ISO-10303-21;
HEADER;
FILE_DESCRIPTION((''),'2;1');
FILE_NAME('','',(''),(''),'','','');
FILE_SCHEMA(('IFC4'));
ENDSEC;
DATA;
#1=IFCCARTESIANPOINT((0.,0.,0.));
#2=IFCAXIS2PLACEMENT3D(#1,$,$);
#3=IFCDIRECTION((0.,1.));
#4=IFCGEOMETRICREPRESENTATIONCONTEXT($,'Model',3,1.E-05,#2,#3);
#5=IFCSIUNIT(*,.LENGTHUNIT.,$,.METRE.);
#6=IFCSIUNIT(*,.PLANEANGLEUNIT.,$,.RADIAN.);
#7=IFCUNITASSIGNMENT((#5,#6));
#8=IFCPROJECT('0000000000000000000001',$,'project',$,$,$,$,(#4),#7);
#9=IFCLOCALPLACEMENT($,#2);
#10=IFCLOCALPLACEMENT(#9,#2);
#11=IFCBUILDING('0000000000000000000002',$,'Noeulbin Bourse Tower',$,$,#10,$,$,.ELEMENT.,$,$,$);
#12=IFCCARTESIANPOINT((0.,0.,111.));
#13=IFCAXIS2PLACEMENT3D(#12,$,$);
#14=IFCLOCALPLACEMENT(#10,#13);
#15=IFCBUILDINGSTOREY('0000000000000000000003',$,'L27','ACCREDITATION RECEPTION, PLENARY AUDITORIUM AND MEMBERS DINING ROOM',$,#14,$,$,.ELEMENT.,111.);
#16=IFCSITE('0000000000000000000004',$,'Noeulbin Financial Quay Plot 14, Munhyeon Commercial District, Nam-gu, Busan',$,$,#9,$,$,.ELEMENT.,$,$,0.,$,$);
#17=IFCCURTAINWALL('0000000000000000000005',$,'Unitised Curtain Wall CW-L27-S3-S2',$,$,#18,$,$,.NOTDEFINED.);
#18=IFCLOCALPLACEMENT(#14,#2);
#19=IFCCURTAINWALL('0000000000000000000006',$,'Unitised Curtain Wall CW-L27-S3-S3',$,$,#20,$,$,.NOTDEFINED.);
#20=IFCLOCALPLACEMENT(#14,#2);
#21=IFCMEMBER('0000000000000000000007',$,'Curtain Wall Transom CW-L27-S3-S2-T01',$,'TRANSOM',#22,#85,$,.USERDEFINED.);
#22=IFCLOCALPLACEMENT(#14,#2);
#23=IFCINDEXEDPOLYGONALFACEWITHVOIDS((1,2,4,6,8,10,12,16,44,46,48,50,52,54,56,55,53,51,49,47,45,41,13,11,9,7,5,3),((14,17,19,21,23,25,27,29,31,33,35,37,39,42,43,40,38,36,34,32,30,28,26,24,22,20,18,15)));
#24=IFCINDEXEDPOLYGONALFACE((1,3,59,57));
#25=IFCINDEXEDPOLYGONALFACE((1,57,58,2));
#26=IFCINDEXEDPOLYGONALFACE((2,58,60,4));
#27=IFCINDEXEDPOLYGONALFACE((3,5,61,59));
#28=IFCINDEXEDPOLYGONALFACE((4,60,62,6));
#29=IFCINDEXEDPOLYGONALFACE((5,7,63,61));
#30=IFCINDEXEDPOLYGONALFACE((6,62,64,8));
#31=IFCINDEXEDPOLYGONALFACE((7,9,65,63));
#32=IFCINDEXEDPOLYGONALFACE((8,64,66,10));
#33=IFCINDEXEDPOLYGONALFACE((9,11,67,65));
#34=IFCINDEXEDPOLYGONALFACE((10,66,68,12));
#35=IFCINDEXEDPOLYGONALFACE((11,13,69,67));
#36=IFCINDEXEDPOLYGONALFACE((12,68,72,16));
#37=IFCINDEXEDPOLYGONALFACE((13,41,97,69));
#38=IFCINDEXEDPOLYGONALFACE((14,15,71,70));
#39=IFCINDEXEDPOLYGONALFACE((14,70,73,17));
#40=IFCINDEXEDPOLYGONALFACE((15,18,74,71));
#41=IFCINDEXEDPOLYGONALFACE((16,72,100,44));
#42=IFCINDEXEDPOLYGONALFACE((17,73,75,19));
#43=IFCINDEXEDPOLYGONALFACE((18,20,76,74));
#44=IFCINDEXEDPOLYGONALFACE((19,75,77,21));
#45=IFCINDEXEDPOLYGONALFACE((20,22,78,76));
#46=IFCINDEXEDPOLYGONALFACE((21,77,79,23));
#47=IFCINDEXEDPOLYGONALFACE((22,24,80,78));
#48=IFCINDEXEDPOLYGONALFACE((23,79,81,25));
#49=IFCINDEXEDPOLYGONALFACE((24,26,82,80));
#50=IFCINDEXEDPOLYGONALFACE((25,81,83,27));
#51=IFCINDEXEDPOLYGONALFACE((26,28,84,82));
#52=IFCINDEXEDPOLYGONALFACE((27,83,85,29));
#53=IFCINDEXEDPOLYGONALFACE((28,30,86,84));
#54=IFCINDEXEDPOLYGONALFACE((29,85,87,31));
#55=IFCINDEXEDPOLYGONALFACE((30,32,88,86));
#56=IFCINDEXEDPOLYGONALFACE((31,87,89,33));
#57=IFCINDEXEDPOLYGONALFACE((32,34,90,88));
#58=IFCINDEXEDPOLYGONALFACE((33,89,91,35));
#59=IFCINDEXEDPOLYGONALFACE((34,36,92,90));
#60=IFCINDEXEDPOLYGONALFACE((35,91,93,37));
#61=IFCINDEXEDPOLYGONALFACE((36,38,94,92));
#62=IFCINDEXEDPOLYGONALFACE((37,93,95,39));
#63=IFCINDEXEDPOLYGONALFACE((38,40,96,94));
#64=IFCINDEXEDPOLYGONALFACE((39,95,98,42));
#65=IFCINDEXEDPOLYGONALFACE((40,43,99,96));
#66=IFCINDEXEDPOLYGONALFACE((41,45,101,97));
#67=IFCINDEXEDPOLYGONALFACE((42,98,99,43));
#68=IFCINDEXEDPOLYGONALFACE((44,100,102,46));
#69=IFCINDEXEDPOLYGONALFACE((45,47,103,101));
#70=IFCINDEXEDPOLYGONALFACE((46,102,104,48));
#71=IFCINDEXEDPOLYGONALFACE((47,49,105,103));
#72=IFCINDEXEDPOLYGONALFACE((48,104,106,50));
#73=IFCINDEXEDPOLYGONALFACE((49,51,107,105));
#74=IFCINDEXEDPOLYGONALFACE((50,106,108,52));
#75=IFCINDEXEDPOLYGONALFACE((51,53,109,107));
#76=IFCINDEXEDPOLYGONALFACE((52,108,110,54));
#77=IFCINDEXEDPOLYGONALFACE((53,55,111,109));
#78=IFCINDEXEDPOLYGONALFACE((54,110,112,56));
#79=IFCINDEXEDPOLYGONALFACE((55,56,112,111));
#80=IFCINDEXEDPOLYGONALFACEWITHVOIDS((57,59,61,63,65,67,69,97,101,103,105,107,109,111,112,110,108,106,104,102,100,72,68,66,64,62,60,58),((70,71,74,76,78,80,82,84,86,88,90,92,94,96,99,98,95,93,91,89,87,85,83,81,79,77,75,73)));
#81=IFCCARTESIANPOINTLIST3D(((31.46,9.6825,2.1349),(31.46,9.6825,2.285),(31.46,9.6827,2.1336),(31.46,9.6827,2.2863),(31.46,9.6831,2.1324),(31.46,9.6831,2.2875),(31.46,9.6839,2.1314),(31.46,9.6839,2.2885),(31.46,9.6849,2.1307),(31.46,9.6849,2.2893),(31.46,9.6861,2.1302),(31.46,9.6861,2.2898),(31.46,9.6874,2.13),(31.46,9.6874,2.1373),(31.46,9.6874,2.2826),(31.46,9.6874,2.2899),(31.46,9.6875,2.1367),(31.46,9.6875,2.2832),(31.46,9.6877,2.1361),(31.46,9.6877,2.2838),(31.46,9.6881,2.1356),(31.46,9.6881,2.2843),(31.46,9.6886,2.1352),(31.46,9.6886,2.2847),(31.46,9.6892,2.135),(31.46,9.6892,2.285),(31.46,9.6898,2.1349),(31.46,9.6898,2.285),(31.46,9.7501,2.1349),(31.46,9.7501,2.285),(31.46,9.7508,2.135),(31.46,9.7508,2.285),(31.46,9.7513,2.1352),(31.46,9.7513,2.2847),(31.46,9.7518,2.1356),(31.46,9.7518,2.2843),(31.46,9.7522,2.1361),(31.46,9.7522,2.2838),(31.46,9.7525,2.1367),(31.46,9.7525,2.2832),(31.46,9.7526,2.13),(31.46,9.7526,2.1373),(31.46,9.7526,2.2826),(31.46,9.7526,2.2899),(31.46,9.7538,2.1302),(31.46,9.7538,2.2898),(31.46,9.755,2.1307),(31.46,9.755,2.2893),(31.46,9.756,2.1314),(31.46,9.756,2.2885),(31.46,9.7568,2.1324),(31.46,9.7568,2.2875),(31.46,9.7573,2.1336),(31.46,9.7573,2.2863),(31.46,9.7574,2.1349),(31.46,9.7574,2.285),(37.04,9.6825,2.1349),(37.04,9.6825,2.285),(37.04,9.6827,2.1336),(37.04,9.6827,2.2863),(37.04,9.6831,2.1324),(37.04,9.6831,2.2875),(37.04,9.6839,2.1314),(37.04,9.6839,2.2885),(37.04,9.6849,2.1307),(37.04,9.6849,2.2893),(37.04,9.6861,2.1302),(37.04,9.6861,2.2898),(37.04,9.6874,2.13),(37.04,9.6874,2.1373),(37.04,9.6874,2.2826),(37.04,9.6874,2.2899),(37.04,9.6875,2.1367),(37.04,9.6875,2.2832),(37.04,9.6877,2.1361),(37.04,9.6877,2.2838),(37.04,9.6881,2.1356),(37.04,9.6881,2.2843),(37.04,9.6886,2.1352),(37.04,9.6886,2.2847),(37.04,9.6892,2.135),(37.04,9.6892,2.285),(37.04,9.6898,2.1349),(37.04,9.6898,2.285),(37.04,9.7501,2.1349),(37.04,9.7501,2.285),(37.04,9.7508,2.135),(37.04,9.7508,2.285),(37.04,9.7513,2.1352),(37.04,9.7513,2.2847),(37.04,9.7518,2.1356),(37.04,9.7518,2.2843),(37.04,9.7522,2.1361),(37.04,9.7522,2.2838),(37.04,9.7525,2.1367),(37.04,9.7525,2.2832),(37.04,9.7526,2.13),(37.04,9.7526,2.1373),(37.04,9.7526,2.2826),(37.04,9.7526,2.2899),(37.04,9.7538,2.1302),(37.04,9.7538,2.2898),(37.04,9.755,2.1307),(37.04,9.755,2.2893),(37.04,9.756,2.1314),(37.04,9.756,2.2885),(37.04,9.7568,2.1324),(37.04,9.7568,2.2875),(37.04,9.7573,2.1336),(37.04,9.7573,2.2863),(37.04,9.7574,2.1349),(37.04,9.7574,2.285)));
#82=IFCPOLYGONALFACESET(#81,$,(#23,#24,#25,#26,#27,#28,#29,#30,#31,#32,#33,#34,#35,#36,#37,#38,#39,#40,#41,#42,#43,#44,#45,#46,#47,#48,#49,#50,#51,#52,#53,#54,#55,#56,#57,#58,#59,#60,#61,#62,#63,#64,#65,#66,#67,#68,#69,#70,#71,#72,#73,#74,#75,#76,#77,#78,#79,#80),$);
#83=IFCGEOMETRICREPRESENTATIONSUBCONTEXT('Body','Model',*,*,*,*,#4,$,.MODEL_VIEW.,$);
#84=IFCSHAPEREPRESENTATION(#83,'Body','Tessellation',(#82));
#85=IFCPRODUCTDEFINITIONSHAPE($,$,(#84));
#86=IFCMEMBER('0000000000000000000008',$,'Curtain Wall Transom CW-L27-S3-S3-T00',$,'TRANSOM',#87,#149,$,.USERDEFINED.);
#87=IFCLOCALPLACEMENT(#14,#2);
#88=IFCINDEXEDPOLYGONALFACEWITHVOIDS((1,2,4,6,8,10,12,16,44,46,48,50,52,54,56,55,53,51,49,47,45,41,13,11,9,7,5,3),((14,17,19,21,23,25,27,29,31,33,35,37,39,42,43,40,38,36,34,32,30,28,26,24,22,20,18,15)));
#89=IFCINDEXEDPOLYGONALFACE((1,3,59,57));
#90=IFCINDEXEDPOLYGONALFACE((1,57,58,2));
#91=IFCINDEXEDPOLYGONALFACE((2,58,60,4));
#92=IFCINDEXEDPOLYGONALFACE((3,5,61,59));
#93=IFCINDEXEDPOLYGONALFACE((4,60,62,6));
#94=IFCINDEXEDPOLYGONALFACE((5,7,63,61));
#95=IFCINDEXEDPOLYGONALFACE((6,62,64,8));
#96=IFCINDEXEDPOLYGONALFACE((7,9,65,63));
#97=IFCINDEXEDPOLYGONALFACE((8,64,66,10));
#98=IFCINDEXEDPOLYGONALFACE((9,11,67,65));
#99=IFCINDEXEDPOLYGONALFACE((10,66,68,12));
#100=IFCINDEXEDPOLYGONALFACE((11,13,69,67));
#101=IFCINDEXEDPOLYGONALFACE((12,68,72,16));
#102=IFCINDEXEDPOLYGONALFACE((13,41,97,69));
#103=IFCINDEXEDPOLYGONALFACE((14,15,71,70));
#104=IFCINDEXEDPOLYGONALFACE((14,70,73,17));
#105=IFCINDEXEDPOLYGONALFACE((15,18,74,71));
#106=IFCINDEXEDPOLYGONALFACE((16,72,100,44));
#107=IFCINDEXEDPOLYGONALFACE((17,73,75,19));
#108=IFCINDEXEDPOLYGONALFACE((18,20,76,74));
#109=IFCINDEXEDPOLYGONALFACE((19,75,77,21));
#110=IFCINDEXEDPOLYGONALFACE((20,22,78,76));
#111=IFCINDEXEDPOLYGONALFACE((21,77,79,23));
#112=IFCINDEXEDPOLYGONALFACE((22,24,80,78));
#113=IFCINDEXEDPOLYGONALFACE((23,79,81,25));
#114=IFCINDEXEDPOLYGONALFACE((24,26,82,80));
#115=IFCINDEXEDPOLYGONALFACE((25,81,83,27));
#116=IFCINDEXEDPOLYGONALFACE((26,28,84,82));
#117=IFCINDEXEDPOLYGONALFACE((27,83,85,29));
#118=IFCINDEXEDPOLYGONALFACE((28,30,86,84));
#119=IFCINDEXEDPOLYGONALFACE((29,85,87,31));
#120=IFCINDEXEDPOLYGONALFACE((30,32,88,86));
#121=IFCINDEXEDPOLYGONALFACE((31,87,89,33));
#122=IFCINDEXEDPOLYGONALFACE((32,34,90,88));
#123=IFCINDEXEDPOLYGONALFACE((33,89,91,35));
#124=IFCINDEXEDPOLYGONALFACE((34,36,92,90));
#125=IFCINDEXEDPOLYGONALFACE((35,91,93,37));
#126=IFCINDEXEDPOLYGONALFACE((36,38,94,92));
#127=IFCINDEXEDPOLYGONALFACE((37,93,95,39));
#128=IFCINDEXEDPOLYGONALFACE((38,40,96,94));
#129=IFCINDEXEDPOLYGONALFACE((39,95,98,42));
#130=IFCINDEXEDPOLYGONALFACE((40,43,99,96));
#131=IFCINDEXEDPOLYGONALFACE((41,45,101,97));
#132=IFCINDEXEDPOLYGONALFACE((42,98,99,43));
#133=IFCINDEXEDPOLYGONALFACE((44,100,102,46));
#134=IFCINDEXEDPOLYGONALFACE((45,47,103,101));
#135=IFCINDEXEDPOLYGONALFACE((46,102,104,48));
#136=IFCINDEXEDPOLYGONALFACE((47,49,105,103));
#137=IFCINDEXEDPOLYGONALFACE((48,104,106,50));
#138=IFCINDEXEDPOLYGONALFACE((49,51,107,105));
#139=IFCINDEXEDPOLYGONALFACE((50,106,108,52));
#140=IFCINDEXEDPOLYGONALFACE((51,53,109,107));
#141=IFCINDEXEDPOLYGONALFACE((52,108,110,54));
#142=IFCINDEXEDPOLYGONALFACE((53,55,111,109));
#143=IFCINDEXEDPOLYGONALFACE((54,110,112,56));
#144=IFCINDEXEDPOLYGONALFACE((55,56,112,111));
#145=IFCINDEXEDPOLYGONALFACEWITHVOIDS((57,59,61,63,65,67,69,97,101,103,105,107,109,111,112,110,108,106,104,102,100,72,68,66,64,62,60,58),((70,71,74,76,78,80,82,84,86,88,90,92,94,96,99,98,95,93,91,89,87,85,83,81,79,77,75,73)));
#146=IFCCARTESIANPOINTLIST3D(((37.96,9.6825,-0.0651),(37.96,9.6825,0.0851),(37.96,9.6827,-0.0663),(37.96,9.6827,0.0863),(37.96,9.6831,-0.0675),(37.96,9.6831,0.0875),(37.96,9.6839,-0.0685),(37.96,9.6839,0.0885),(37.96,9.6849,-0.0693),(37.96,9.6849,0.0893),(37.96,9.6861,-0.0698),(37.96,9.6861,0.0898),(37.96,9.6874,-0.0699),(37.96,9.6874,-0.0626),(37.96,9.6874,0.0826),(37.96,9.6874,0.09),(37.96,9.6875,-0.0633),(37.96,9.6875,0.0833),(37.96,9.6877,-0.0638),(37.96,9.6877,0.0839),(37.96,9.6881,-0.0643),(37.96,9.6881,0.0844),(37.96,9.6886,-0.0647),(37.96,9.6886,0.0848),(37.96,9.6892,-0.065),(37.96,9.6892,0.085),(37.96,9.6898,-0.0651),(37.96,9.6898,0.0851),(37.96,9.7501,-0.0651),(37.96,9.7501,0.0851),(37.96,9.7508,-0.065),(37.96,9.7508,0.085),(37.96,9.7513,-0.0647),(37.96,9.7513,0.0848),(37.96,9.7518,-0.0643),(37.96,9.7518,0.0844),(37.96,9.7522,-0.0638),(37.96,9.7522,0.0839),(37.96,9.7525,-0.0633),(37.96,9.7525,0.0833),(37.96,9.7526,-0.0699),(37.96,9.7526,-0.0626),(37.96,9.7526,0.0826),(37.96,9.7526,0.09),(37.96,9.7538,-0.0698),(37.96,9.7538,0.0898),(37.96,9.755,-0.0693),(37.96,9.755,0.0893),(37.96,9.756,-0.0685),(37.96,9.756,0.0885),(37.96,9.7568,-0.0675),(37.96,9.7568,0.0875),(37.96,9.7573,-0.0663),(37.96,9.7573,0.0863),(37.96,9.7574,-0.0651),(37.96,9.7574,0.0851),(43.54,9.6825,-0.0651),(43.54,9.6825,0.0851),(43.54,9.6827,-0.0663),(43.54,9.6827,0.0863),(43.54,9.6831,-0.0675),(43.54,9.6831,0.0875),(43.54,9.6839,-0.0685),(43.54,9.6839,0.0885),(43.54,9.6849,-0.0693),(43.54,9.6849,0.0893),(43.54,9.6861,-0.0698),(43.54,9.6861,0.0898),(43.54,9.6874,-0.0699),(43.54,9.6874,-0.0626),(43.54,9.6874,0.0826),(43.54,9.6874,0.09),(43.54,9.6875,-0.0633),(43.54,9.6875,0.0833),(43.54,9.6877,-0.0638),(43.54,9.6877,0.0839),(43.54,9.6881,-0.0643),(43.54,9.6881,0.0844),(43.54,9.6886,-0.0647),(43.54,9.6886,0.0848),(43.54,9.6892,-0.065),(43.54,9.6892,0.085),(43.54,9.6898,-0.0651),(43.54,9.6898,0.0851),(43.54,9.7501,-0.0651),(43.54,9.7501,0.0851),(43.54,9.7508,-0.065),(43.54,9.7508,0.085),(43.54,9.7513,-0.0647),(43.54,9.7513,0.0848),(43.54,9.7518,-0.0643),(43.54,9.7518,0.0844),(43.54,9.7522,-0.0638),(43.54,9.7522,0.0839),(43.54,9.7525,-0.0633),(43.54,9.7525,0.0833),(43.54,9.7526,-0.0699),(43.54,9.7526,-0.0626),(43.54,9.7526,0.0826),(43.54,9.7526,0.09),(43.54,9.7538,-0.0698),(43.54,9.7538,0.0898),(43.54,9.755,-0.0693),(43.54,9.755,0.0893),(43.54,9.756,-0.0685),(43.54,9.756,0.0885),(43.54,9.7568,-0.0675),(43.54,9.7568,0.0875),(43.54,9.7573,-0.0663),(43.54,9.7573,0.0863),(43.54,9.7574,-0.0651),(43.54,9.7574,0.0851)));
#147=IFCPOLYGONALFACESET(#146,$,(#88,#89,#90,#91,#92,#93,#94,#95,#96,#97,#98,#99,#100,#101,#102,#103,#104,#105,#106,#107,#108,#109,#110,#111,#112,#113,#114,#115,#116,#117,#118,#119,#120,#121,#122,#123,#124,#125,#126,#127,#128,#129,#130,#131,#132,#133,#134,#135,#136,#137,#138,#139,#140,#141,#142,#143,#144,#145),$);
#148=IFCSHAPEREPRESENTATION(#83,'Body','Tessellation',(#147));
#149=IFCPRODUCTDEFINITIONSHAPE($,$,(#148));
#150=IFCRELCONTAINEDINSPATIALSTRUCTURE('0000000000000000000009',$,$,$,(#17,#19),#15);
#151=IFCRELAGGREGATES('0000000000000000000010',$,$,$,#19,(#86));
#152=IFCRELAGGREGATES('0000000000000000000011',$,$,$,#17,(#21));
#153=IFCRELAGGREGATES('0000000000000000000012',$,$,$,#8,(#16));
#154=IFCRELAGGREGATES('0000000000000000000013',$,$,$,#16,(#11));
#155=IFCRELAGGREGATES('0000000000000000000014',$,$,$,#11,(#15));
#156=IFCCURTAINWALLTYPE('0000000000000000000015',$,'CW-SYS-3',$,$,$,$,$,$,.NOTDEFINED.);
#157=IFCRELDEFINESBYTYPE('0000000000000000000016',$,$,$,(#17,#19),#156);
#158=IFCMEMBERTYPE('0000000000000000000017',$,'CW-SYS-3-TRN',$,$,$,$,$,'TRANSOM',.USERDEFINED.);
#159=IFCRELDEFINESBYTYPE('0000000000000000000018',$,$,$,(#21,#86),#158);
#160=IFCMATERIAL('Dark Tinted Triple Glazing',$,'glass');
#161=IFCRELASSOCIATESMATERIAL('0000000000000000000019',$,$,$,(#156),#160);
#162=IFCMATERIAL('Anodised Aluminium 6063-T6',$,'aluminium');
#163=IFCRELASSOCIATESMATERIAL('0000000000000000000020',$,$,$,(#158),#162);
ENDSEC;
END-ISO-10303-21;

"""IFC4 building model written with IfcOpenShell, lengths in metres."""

from ifc_helpers import new_model, si_unit, direction, frame, origin, origin_2d, place, context, subcontext, project, spatial, hollow_rectangle, extrude, material, material_profile, profile_set, type_object, element, aggregate, save


model = new_model("IFC4")

# Units and contexts
model_context = context("Model", 3, precision=1e-05, world=origin(), true_north=direction((0.0, 1.0)))
body_context = subcontext(model_context, "Body", "Model", "MODEL_VIEW")
ifc_project = project(units=[si_unit("LENGTHUNIT", "METRE"), si_unit("PLANEANGLEUNIT", "RADIAN")], contexts=[model_context])

# Site, building, storey
site_placement = place(None, origin())
site = spatial("IfcSite", under=ifc_project, at=site_placement, Name="Noeulbin Financial Quay Plot 14, Munhyeon Commercial District, Nam-gu, Busan", CompositionType="ELEMENT", RefElevation=0.0)
building_placement = place(site_placement, origin())
building = spatial("IfcBuilding", under=site, at=building_placement, Name="Noeulbin Bourse Tower", CompositionType="ELEMENT")
storey_placement = place(building_placement, frame((0.0, 0.0, 111.0)))
storey = spatial("IfcBuildingStorey", under=building, at=storey_placement, Name="L27", Description="ACCREDITATION RECEPTION, PLENARY AUDITORIUM AND MEMBERS DINING ROOM", CompositionType="ELEMENT", Elevation=111.0)

# Curtain wall
ifc_material_1 = material(Name="Dark Tinted Triple Glazing", Category="glass")
curtain_wall_type = type_object("IfcCurtainWallType", Name="CW-SYS-3", PredefinedType="NOTDEFINED", material=ifc_material_1)
ifc_material_2 = material(Name="Anodised Aluminium 6063-T6", Category="aluminium")
curtain_wall_1_placement = place(storey_placement, origin())
curtain_wall_1 = element("IfcCurtainWall", 1, at=curtain_wall_1_placement, inside=storey, type_object=curtain_wall_type, Name="Unitised Curtain Wall CW-L27-S3-S2", PredefinedType="NOTDEFINED")

# Curtain wall
curtain_wall_2_placement = place(storey_placement, origin())
curtain_wall_2 = element("IfcCurtainWall", 2, at=curtain_wall_2_placement, inside=storey, type_object=curtain_wall_type, Name="Unitised Curtain Wall CW-L27-S3-S3", PredefinedType="NOTDEFINED")

# Members
ifc_material_profile_1 = material_profile(ifc_material_2, hollow_rectangle(XDim=0.075, YDim=0.1599, WallThickness=0.0049, InnerFilletRadius=0.0024, OuterFilletRadius=0.0049, at=origin_2d()), Name="ALU-TRAN-75x160x5", Category="LoadBearing")
ifc_profile_set_1 = profile_set([ifc_material_profile_1], Name="Anodised Aluminium 6063-T6")
member_type_1 = type_object("IfcMemberType", Name="CW-SYS-3-TRN", ElementType="TRANSOM", PredefinedType="USERDEFINED", material=ifc_profile_set_1)
member_1_placement = place(storey_placement, frame((31.46, 9.72, 2.21), z_axis=(1.0, 0.0, 0.0), x_axis=(0.0, 1.0, 0.0)))
member_1 = element("IfcMember", 3, at=member_1_placement, type_object=member_type_1, Name="Curtain Wall Transom CW-L27-S3-S2-T01", ObjectType="TRANSOM", PredefinedType="USERDEFINED", context=body_context, shape_type="SweptSolid", body=[
    extrude(hollow_rectangle(XDim=0.075, YDim=0.1599, WallThickness=0.0049, InnerFilletRadius=0.0024, OuterFilletRadius=0.0049, at=origin_2d()), origin(), (0.0, 0.0, 1.0), 5.5801),
])
member_2_placement = place(storey_placement, frame((37.96, 9.72, 0.01), z_axis=(1.0, 0.0, 0.0), x_axis=(0.0, 1.0, 0.0)))
member_2 = element("IfcMember", 4, at=member_2_placement, type_object=member_type_1, Name="Curtain Wall Transom CW-L27-S3-S3-T00", ObjectType="TRANSOM", PredefinedType="USERDEFINED", context=body_context, shape_type="SweptSolid", body=[
    extrude(hollow_rectangle(XDim=0.075, YDim=0.1599, WallThickness=0.0049, InnerFilletRadius=0.0024, OuterFilletRadius=0.0049, at=origin_2d()), origin(), (0.0, 0.0, 1.0), 5.5801),
])
aggregate(curtain_wall_2, [member_2])

aggregate(curtain_wall_1, [member_1])

save(model, "model.ifc")
